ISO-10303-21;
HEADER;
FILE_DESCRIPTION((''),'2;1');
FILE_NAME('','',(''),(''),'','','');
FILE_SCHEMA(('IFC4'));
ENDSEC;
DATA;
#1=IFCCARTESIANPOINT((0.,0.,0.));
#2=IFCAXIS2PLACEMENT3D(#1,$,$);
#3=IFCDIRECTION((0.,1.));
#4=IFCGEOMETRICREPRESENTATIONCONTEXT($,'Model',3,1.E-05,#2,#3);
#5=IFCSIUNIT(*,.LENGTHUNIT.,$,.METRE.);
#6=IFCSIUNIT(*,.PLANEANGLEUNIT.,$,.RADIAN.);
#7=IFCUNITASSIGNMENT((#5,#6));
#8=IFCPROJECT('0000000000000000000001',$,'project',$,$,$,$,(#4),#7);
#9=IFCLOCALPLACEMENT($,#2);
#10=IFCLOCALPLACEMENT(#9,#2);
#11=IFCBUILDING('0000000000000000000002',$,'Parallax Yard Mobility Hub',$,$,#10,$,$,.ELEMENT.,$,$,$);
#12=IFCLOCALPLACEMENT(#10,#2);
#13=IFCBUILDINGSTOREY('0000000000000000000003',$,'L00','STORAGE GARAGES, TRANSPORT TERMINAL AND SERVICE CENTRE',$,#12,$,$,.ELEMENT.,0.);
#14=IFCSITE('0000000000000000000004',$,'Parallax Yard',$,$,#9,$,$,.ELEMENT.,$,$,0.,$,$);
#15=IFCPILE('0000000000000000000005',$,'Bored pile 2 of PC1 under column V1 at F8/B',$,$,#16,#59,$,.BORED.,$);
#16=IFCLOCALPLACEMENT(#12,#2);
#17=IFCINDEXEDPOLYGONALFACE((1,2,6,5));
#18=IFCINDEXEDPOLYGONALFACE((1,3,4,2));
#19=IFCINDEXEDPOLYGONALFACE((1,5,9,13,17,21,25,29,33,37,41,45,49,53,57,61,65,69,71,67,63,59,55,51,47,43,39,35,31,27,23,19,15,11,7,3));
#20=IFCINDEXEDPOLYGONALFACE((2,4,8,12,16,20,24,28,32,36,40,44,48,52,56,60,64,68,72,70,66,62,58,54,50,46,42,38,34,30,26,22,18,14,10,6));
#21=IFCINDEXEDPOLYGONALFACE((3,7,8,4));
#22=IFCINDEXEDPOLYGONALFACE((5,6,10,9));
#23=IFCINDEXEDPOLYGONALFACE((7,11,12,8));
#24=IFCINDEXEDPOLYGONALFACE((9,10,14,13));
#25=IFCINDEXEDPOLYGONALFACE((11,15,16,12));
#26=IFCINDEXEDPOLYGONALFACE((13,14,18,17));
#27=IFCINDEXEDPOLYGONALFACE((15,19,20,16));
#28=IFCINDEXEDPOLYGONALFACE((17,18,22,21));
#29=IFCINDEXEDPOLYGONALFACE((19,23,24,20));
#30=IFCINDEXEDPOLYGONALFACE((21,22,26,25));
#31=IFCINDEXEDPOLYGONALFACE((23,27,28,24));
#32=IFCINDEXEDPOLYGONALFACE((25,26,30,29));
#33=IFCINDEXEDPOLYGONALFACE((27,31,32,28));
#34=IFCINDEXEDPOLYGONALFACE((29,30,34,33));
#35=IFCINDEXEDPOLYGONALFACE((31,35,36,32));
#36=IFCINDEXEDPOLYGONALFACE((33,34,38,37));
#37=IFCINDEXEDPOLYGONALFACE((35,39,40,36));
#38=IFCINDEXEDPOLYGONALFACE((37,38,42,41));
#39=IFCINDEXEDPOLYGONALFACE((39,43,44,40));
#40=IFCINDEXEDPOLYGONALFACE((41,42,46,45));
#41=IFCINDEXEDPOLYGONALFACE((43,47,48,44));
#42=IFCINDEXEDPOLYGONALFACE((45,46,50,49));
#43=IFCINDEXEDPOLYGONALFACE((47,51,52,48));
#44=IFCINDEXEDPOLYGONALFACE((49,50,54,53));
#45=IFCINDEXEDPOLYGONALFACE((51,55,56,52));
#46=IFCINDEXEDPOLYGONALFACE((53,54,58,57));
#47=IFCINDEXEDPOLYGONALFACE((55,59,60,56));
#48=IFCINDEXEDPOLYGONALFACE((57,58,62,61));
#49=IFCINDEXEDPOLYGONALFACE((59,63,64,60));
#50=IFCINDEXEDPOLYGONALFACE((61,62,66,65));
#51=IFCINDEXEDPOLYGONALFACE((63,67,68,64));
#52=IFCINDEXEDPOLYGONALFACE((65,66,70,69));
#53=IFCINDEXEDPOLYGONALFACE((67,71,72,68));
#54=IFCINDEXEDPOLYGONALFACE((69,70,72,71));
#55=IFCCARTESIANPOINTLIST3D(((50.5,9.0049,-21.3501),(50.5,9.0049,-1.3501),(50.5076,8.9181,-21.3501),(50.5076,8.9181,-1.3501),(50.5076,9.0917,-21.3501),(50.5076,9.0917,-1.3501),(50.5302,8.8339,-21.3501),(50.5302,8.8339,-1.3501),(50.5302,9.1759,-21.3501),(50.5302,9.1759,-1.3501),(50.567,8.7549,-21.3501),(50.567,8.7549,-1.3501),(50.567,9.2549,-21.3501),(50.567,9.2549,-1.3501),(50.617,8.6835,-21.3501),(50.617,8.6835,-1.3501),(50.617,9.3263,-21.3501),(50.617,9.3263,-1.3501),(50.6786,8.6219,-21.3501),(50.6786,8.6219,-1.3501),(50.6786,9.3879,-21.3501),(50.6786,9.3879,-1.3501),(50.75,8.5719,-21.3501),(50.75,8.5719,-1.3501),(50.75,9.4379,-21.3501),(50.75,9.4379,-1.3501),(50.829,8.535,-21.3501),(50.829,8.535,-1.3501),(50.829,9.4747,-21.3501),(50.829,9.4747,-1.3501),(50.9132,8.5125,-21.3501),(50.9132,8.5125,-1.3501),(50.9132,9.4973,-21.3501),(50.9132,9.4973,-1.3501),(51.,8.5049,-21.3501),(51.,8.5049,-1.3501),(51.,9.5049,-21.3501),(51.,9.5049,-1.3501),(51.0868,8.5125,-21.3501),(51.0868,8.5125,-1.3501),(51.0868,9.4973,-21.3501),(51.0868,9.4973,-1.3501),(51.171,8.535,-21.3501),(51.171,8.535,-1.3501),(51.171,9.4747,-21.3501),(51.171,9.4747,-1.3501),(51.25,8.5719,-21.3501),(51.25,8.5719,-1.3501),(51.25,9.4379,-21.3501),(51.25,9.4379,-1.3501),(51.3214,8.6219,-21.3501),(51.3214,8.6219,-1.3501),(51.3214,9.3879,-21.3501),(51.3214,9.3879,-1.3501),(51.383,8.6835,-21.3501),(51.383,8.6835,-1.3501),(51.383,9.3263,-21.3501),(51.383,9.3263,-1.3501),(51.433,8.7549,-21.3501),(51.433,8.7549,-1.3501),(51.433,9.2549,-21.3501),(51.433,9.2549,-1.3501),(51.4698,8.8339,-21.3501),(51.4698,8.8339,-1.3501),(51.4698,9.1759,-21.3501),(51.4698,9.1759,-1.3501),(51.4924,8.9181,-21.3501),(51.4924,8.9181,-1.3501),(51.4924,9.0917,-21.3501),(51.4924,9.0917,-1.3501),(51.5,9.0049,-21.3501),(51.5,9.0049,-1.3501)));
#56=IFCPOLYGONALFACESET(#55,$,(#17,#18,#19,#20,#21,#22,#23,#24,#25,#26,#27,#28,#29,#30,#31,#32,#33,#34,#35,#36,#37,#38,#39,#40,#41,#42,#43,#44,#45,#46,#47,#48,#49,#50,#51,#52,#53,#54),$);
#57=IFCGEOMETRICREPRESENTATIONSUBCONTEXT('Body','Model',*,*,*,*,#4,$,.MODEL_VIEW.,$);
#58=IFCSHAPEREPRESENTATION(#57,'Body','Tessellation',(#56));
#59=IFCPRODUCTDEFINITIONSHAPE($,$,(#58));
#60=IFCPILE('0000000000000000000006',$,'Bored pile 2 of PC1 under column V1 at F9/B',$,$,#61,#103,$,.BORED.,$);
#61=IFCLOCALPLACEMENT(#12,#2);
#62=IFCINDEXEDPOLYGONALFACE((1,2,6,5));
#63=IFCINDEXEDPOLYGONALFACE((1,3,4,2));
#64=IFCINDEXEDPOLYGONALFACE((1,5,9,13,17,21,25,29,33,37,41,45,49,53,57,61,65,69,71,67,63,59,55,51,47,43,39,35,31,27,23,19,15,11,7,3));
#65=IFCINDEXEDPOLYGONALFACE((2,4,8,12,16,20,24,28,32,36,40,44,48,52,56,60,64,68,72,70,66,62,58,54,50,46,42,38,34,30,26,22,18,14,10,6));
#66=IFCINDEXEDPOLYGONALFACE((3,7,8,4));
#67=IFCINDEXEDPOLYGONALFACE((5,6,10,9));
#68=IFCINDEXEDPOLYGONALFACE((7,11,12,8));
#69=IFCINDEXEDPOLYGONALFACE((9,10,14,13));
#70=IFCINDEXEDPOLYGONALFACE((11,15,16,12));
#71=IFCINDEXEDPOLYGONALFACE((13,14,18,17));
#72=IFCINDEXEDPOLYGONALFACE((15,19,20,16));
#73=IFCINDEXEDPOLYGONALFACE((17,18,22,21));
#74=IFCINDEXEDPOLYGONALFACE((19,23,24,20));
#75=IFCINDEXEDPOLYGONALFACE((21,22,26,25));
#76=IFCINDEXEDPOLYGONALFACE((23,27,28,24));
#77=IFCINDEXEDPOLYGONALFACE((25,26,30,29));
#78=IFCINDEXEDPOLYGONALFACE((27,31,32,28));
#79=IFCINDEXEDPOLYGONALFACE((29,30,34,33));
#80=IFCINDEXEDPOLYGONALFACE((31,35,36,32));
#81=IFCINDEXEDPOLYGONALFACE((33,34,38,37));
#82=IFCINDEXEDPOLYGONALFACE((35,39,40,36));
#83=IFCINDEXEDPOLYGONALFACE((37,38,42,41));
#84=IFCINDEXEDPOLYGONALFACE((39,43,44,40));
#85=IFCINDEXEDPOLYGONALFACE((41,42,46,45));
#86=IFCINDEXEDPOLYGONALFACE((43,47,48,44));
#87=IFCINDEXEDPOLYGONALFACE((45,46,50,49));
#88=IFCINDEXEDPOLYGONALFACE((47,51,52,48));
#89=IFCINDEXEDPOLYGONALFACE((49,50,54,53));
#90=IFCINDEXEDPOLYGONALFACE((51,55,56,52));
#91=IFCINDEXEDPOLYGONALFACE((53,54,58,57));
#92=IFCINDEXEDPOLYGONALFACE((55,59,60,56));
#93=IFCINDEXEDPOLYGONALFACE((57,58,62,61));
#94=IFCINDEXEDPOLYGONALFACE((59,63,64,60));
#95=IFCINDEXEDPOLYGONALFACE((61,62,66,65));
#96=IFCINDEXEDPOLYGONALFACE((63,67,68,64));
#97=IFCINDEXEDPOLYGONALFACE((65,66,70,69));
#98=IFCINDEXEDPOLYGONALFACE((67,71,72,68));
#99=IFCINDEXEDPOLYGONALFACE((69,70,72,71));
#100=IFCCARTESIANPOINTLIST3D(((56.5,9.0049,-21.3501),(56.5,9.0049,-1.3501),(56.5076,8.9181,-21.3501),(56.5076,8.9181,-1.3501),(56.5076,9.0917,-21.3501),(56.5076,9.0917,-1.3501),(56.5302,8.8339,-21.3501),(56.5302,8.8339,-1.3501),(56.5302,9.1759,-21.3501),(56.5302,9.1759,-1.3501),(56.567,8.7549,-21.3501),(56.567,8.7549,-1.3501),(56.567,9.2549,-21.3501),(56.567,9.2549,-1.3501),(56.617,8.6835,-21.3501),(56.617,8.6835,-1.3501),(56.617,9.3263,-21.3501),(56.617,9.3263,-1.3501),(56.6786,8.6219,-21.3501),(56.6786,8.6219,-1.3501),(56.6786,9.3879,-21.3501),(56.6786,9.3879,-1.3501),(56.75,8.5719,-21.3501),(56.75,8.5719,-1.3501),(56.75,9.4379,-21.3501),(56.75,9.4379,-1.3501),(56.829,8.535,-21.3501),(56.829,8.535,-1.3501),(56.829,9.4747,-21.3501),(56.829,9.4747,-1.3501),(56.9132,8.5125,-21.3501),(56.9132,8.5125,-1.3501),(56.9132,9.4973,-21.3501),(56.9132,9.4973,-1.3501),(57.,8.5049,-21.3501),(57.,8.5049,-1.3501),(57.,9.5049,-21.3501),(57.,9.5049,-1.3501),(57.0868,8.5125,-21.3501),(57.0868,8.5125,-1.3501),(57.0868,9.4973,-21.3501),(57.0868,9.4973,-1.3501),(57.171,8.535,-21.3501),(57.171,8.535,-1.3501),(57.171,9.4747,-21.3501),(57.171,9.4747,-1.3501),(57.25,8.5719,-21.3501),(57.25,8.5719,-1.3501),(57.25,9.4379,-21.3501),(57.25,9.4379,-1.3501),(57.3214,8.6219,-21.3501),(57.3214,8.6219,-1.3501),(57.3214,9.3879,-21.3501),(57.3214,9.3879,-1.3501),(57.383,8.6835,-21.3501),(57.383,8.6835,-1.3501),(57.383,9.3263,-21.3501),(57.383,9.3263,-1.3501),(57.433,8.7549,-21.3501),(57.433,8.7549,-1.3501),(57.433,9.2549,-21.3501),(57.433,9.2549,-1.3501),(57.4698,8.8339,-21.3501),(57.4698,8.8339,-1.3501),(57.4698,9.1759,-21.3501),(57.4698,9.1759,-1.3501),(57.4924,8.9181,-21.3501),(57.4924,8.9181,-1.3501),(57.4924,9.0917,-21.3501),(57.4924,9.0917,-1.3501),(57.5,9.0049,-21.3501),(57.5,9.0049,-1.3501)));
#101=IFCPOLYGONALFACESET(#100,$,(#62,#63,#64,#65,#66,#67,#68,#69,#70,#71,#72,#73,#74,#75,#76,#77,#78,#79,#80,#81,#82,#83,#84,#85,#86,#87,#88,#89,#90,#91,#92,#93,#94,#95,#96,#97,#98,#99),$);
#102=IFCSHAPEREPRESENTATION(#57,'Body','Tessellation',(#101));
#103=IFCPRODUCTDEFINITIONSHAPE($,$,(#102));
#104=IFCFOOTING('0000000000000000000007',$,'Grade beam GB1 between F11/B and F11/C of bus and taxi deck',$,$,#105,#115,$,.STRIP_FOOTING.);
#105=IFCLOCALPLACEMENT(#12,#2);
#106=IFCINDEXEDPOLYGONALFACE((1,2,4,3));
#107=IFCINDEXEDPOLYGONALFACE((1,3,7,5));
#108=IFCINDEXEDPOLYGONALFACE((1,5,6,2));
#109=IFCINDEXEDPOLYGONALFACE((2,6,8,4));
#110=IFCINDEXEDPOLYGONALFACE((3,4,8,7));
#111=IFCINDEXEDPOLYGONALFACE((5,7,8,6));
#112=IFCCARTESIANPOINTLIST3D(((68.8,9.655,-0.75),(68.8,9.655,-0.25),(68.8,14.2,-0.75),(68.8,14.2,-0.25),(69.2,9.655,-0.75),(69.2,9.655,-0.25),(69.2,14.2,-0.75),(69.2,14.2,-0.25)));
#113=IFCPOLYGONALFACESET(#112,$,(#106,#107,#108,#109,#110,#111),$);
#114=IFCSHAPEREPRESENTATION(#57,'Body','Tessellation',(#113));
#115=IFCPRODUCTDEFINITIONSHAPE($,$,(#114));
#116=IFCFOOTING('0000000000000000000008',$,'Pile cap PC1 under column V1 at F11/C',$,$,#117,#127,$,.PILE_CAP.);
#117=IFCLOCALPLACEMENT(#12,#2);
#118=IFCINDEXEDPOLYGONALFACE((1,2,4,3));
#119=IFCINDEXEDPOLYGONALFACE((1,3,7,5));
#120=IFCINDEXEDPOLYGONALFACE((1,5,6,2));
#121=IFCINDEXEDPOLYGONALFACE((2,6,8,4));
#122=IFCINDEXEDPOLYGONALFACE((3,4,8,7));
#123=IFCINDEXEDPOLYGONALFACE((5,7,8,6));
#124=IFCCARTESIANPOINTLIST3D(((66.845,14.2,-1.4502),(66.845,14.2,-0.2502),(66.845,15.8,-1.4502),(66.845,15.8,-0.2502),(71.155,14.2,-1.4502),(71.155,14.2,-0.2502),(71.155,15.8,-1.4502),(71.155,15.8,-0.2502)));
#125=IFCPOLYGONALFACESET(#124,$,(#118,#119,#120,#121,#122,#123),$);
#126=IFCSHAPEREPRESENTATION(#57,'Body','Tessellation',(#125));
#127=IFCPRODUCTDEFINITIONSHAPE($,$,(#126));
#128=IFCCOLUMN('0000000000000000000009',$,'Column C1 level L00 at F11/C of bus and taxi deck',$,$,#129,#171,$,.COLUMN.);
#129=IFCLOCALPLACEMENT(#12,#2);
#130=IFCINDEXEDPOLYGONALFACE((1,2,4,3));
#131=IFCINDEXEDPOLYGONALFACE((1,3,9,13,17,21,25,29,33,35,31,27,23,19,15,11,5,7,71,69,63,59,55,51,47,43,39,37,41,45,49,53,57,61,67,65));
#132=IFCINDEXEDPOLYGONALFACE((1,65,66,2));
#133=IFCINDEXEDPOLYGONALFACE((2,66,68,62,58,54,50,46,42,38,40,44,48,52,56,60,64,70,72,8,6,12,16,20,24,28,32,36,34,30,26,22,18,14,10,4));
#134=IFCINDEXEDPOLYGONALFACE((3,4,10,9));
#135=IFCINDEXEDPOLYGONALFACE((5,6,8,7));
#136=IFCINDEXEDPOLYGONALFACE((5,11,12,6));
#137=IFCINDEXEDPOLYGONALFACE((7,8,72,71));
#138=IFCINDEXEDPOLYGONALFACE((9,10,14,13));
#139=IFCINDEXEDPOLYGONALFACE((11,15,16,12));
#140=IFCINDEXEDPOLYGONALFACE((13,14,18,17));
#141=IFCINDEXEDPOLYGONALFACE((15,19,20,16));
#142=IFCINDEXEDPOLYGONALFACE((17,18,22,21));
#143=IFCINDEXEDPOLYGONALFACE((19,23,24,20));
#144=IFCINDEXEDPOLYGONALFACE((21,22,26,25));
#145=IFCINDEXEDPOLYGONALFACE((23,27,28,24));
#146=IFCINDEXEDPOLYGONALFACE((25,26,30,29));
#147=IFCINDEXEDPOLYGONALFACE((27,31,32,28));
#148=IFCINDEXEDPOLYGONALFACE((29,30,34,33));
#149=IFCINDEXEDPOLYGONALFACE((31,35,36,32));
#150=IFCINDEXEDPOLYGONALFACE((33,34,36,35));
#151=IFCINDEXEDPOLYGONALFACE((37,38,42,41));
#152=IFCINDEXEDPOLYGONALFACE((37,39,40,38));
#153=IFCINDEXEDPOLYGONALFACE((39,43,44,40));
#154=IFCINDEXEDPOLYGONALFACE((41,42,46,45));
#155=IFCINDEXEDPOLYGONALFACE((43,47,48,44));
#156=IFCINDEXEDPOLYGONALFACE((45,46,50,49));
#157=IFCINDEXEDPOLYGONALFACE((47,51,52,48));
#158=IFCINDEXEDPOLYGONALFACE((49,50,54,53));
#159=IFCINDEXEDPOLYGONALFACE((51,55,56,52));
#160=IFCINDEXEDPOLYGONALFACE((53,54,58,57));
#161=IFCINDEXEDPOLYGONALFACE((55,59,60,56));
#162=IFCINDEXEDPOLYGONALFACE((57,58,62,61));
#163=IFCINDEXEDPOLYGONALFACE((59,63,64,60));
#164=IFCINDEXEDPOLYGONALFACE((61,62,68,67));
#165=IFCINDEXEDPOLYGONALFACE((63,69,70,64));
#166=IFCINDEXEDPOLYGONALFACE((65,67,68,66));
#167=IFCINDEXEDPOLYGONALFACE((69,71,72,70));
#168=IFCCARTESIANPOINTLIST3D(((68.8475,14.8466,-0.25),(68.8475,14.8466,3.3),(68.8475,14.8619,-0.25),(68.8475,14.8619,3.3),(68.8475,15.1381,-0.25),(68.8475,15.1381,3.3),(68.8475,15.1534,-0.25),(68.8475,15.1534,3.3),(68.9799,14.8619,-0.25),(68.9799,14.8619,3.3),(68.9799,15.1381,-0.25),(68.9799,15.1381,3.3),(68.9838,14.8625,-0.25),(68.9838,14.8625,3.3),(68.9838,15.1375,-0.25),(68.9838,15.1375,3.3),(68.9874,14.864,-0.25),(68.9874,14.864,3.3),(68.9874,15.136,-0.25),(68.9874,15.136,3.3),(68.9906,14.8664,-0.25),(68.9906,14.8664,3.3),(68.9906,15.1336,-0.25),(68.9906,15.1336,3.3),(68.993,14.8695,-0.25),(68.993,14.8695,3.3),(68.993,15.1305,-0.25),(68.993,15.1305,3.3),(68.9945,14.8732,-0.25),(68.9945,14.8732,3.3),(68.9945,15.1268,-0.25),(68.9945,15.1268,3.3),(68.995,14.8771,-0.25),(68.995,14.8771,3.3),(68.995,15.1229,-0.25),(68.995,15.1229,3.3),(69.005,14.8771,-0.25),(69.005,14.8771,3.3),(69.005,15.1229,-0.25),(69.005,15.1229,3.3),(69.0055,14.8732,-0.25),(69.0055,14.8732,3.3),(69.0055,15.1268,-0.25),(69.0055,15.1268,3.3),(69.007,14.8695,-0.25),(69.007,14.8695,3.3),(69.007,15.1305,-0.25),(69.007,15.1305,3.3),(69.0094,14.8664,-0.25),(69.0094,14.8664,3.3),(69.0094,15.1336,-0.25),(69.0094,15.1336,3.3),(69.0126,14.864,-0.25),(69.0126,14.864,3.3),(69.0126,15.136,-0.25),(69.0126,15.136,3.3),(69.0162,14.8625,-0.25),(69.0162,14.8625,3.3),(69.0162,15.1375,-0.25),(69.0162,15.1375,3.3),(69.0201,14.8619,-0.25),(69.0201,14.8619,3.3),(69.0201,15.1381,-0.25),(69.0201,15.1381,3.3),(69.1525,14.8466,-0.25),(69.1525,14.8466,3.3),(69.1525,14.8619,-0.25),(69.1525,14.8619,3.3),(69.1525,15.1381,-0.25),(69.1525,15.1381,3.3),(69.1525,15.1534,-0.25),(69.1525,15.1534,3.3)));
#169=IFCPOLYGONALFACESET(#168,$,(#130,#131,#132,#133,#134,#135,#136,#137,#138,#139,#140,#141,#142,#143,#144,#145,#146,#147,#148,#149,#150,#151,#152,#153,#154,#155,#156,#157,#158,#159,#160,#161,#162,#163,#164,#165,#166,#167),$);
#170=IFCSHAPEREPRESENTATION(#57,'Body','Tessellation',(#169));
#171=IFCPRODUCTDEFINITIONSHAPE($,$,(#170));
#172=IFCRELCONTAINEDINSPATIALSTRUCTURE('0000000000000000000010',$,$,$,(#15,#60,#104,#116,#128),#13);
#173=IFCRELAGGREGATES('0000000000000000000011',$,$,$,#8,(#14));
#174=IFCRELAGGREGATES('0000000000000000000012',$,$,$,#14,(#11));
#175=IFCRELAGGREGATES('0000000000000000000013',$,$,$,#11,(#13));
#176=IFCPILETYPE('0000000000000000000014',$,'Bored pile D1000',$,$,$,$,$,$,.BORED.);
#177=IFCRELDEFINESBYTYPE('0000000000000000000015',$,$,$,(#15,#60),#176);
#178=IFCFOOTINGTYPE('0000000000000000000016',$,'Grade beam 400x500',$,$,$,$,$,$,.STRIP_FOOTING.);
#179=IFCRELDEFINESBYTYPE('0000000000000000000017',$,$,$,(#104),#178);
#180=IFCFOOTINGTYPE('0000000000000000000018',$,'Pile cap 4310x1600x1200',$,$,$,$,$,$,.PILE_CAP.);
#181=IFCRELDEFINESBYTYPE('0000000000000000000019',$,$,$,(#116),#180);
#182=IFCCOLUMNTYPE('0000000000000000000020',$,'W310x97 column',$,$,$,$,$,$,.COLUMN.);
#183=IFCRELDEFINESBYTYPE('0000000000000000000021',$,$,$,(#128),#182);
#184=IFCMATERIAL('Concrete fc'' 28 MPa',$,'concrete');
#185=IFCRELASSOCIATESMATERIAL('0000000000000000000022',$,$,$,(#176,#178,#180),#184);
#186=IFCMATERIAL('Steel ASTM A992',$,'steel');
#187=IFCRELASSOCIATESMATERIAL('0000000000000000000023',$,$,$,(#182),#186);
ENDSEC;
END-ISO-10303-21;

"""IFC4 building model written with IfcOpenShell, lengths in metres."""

from ifc_helpers import new_model, si_unit, direction, frame, origin, origin_2d, place, context, subcontext, project, spatial, rectangle, circle, i_section, extrude, material, material_profile, profile_set, type_object, element, save


model = new_model("IFC4")

# Units and contexts
model_context = context("Model", 3, precision=1e-05, world=origin(), true_north=direction((0.0, 1.0)))
body_context = subcontext(model_context, "Body", "Model", "MODEL_VIEW")
ifc_project = project(units=[si_unit("LENGTHUNIT", "METRE"), si_unit("PLANEANGLEUNIT", "RADIAN")], contexts=[model_context])

# Site, building, storey
site_placement = place(None, origin())
site = spatial("IfcSite", under=ifc_project, at=site_placement, Name="Parallax Yard", CompositionType="ELEMENT", RefElevation=0.0)
building_placement = place(site_placement, origin())
building = spatial("IfcBuilding", under=site, at=building_placement, Name="Parallax Yard Mobility Hub", CompositionType="ELEMENT")
storey_placement = place(building_placement, origin())
storey = spatial("IfcBuildingStorey", under=building, at=storey_placement, Name="L00", Description="STORAGE GARAGES, TRANSPORT TERMINAL AND SERVICE CENTRE", CompositionType="ELEMENT", Elevation=0.0)

# Piles
ifc_material_1 = material(Name="Concrete fc' 28 MPa", Category="concrete")
ifc_material_profile_1 = material_profile(ifc_material_1, circle(Radius=0.5, at=origin_2d()), Name="Bored pile D1000")
ifc_profile_set_1 = profile_set([ifc_material_profile_1], Name="Concrete fc' 28 MPa")
pile_type = type_object("IfcPileType", Name="Bored pile D1000", PredefinedType="BORED", material=ifc_profile_set_1)
for number, where, z_axis, x_axis, name in (
    (1, (51.0, 9.0049, -1.3501), (0.0, 0.0, -1.0), (1.0, 0.0, 0.0), "Bored pile 2 of PC1 under column V1 at F8/B"),
    (2, (57.0, 9.0049, -1.3501), (0.0, 0.0, -1.0), (1.0, 0.0, 0.0), "Bored pile 2 of PC1 under column V1 at F9/B"),
):
    element("IfcPile", number, at=place(storey_placement, frame(where, z_axis=z_axis, x_axis=x_axis)), inside=storey, type_object=pile_type, Name=name, PredefinedType="BORED", context=body_context, shape_type="SweptSolid", body=[
        extrude(circle(Radius=0.5, at=origin_2d()), origin(), (0.0, 0.0, 1.0), 20.0),
    ])

# Footings
ifc_material_profile_2 = material_profile(ifc_material_1, rectangle(XDim=0.3999, YDim=0.5, at=origin_2d()), Name="Grade beam 400x500")
ifc_profile_set_2 = profile_set([ifc_material_profile_2], Name="Concrete fc' 28 MPa")
footing_type_1 = type_object("IfcFootingType", Name="Grade beam 400x500", PredefinedType="STRIP_FOOTING", material=ifc_profile_set_2)
footing_1_placement = place(storey_placement, frame((69.0, 9.655, -0.5), z_axis=(0.0, 1.0, 0.0), x_axis=(-1.0, 0.0, 0.0)))
element("IfcFooting", 3, at=footing_1_placement, inside=storey, type_object=footing_type_1, Name="Grade beam GB1 between F11/B and F11/C of bus and taxi deck", PredefinedType="STRIP_FOOTING", context=body_context, shape_type="SweptSolid", body=[
    extrude(rectangle(XDim=0.3999, YDim=0.5, at=origin_2d()), origin(), (0.0, 0.0, 1.0), 4.5449),
])
footing_type_2 = type_object("IfcFootingType", Name="Pile cap 4310x1600x1200", PredefinedType="PILE_CAP", material=ifc_material_1)
footing_2_placement = place(storey_placement, frame((69.0, 15.0, -1.4502), z_axis=(0.0, 0.0, 1.0), x_axis=(1.0, 0.0, 0.0)))
element("IfcFooting", 4, at=footing_2_placement, inside=storey, type_object=footing_type_2, Name="Pile cap PC1 under column V1 at F11/C", PredefinedType="PILE_CAP", context=body_context, shape_type="SweptSolid", body=[
    extrude(rectangle(XDim=4.3101, YDim=1.6001, at=origin_2d()), origin(), (0.0, 0.0, 1.0), 1.2),
])

# Column
ifc_material_2 = material(Name="Steel ASTM A992", Category="steel")
ifc_material_profile_3 = material_profile(ifc_material_2, i_section(OverallWidth=0.3049, OverallDepth=0.3069, WebThickness=0.01, FlangeThickness=0.0154, FilletRadius=0.0151, at=origin_2d()), Name="W310x97")
ifc_profile_set_3 = profile_set([ifc_material_profile_3], Name="Steel ASTM A992")
column_type = type_object("IfcColumnType", Name="W310x97 column", PredefinedType="COLUMN", material=ifc_profile_set_3)
column_placement = place(storey_placement, frame((69.0, 15.0, -0.25), z_axis=(0.0, 0.0, 1.0), x_axis=(1.0, 0.0, 0.0)))
element("IfcColumn", 5, at=column_placement, inside=storey, type_object=column_type, Name="Column C1 level L00 at F11/C of bus and taxi deck", PredefinedType="COLUMN", context=body_context, shape_type="SweptSolid", body=[
    extrude(i_section(OverallWidth=0.3049, OverallDepth=0.3069, WebThickness=0.01, FlangeThickness=0.0154, FilletRadius=0.0151, at=origin_2d()), origin(), (0.0, 0.0, 1.0), 3.55),
])

save(model, "model.ifc")
